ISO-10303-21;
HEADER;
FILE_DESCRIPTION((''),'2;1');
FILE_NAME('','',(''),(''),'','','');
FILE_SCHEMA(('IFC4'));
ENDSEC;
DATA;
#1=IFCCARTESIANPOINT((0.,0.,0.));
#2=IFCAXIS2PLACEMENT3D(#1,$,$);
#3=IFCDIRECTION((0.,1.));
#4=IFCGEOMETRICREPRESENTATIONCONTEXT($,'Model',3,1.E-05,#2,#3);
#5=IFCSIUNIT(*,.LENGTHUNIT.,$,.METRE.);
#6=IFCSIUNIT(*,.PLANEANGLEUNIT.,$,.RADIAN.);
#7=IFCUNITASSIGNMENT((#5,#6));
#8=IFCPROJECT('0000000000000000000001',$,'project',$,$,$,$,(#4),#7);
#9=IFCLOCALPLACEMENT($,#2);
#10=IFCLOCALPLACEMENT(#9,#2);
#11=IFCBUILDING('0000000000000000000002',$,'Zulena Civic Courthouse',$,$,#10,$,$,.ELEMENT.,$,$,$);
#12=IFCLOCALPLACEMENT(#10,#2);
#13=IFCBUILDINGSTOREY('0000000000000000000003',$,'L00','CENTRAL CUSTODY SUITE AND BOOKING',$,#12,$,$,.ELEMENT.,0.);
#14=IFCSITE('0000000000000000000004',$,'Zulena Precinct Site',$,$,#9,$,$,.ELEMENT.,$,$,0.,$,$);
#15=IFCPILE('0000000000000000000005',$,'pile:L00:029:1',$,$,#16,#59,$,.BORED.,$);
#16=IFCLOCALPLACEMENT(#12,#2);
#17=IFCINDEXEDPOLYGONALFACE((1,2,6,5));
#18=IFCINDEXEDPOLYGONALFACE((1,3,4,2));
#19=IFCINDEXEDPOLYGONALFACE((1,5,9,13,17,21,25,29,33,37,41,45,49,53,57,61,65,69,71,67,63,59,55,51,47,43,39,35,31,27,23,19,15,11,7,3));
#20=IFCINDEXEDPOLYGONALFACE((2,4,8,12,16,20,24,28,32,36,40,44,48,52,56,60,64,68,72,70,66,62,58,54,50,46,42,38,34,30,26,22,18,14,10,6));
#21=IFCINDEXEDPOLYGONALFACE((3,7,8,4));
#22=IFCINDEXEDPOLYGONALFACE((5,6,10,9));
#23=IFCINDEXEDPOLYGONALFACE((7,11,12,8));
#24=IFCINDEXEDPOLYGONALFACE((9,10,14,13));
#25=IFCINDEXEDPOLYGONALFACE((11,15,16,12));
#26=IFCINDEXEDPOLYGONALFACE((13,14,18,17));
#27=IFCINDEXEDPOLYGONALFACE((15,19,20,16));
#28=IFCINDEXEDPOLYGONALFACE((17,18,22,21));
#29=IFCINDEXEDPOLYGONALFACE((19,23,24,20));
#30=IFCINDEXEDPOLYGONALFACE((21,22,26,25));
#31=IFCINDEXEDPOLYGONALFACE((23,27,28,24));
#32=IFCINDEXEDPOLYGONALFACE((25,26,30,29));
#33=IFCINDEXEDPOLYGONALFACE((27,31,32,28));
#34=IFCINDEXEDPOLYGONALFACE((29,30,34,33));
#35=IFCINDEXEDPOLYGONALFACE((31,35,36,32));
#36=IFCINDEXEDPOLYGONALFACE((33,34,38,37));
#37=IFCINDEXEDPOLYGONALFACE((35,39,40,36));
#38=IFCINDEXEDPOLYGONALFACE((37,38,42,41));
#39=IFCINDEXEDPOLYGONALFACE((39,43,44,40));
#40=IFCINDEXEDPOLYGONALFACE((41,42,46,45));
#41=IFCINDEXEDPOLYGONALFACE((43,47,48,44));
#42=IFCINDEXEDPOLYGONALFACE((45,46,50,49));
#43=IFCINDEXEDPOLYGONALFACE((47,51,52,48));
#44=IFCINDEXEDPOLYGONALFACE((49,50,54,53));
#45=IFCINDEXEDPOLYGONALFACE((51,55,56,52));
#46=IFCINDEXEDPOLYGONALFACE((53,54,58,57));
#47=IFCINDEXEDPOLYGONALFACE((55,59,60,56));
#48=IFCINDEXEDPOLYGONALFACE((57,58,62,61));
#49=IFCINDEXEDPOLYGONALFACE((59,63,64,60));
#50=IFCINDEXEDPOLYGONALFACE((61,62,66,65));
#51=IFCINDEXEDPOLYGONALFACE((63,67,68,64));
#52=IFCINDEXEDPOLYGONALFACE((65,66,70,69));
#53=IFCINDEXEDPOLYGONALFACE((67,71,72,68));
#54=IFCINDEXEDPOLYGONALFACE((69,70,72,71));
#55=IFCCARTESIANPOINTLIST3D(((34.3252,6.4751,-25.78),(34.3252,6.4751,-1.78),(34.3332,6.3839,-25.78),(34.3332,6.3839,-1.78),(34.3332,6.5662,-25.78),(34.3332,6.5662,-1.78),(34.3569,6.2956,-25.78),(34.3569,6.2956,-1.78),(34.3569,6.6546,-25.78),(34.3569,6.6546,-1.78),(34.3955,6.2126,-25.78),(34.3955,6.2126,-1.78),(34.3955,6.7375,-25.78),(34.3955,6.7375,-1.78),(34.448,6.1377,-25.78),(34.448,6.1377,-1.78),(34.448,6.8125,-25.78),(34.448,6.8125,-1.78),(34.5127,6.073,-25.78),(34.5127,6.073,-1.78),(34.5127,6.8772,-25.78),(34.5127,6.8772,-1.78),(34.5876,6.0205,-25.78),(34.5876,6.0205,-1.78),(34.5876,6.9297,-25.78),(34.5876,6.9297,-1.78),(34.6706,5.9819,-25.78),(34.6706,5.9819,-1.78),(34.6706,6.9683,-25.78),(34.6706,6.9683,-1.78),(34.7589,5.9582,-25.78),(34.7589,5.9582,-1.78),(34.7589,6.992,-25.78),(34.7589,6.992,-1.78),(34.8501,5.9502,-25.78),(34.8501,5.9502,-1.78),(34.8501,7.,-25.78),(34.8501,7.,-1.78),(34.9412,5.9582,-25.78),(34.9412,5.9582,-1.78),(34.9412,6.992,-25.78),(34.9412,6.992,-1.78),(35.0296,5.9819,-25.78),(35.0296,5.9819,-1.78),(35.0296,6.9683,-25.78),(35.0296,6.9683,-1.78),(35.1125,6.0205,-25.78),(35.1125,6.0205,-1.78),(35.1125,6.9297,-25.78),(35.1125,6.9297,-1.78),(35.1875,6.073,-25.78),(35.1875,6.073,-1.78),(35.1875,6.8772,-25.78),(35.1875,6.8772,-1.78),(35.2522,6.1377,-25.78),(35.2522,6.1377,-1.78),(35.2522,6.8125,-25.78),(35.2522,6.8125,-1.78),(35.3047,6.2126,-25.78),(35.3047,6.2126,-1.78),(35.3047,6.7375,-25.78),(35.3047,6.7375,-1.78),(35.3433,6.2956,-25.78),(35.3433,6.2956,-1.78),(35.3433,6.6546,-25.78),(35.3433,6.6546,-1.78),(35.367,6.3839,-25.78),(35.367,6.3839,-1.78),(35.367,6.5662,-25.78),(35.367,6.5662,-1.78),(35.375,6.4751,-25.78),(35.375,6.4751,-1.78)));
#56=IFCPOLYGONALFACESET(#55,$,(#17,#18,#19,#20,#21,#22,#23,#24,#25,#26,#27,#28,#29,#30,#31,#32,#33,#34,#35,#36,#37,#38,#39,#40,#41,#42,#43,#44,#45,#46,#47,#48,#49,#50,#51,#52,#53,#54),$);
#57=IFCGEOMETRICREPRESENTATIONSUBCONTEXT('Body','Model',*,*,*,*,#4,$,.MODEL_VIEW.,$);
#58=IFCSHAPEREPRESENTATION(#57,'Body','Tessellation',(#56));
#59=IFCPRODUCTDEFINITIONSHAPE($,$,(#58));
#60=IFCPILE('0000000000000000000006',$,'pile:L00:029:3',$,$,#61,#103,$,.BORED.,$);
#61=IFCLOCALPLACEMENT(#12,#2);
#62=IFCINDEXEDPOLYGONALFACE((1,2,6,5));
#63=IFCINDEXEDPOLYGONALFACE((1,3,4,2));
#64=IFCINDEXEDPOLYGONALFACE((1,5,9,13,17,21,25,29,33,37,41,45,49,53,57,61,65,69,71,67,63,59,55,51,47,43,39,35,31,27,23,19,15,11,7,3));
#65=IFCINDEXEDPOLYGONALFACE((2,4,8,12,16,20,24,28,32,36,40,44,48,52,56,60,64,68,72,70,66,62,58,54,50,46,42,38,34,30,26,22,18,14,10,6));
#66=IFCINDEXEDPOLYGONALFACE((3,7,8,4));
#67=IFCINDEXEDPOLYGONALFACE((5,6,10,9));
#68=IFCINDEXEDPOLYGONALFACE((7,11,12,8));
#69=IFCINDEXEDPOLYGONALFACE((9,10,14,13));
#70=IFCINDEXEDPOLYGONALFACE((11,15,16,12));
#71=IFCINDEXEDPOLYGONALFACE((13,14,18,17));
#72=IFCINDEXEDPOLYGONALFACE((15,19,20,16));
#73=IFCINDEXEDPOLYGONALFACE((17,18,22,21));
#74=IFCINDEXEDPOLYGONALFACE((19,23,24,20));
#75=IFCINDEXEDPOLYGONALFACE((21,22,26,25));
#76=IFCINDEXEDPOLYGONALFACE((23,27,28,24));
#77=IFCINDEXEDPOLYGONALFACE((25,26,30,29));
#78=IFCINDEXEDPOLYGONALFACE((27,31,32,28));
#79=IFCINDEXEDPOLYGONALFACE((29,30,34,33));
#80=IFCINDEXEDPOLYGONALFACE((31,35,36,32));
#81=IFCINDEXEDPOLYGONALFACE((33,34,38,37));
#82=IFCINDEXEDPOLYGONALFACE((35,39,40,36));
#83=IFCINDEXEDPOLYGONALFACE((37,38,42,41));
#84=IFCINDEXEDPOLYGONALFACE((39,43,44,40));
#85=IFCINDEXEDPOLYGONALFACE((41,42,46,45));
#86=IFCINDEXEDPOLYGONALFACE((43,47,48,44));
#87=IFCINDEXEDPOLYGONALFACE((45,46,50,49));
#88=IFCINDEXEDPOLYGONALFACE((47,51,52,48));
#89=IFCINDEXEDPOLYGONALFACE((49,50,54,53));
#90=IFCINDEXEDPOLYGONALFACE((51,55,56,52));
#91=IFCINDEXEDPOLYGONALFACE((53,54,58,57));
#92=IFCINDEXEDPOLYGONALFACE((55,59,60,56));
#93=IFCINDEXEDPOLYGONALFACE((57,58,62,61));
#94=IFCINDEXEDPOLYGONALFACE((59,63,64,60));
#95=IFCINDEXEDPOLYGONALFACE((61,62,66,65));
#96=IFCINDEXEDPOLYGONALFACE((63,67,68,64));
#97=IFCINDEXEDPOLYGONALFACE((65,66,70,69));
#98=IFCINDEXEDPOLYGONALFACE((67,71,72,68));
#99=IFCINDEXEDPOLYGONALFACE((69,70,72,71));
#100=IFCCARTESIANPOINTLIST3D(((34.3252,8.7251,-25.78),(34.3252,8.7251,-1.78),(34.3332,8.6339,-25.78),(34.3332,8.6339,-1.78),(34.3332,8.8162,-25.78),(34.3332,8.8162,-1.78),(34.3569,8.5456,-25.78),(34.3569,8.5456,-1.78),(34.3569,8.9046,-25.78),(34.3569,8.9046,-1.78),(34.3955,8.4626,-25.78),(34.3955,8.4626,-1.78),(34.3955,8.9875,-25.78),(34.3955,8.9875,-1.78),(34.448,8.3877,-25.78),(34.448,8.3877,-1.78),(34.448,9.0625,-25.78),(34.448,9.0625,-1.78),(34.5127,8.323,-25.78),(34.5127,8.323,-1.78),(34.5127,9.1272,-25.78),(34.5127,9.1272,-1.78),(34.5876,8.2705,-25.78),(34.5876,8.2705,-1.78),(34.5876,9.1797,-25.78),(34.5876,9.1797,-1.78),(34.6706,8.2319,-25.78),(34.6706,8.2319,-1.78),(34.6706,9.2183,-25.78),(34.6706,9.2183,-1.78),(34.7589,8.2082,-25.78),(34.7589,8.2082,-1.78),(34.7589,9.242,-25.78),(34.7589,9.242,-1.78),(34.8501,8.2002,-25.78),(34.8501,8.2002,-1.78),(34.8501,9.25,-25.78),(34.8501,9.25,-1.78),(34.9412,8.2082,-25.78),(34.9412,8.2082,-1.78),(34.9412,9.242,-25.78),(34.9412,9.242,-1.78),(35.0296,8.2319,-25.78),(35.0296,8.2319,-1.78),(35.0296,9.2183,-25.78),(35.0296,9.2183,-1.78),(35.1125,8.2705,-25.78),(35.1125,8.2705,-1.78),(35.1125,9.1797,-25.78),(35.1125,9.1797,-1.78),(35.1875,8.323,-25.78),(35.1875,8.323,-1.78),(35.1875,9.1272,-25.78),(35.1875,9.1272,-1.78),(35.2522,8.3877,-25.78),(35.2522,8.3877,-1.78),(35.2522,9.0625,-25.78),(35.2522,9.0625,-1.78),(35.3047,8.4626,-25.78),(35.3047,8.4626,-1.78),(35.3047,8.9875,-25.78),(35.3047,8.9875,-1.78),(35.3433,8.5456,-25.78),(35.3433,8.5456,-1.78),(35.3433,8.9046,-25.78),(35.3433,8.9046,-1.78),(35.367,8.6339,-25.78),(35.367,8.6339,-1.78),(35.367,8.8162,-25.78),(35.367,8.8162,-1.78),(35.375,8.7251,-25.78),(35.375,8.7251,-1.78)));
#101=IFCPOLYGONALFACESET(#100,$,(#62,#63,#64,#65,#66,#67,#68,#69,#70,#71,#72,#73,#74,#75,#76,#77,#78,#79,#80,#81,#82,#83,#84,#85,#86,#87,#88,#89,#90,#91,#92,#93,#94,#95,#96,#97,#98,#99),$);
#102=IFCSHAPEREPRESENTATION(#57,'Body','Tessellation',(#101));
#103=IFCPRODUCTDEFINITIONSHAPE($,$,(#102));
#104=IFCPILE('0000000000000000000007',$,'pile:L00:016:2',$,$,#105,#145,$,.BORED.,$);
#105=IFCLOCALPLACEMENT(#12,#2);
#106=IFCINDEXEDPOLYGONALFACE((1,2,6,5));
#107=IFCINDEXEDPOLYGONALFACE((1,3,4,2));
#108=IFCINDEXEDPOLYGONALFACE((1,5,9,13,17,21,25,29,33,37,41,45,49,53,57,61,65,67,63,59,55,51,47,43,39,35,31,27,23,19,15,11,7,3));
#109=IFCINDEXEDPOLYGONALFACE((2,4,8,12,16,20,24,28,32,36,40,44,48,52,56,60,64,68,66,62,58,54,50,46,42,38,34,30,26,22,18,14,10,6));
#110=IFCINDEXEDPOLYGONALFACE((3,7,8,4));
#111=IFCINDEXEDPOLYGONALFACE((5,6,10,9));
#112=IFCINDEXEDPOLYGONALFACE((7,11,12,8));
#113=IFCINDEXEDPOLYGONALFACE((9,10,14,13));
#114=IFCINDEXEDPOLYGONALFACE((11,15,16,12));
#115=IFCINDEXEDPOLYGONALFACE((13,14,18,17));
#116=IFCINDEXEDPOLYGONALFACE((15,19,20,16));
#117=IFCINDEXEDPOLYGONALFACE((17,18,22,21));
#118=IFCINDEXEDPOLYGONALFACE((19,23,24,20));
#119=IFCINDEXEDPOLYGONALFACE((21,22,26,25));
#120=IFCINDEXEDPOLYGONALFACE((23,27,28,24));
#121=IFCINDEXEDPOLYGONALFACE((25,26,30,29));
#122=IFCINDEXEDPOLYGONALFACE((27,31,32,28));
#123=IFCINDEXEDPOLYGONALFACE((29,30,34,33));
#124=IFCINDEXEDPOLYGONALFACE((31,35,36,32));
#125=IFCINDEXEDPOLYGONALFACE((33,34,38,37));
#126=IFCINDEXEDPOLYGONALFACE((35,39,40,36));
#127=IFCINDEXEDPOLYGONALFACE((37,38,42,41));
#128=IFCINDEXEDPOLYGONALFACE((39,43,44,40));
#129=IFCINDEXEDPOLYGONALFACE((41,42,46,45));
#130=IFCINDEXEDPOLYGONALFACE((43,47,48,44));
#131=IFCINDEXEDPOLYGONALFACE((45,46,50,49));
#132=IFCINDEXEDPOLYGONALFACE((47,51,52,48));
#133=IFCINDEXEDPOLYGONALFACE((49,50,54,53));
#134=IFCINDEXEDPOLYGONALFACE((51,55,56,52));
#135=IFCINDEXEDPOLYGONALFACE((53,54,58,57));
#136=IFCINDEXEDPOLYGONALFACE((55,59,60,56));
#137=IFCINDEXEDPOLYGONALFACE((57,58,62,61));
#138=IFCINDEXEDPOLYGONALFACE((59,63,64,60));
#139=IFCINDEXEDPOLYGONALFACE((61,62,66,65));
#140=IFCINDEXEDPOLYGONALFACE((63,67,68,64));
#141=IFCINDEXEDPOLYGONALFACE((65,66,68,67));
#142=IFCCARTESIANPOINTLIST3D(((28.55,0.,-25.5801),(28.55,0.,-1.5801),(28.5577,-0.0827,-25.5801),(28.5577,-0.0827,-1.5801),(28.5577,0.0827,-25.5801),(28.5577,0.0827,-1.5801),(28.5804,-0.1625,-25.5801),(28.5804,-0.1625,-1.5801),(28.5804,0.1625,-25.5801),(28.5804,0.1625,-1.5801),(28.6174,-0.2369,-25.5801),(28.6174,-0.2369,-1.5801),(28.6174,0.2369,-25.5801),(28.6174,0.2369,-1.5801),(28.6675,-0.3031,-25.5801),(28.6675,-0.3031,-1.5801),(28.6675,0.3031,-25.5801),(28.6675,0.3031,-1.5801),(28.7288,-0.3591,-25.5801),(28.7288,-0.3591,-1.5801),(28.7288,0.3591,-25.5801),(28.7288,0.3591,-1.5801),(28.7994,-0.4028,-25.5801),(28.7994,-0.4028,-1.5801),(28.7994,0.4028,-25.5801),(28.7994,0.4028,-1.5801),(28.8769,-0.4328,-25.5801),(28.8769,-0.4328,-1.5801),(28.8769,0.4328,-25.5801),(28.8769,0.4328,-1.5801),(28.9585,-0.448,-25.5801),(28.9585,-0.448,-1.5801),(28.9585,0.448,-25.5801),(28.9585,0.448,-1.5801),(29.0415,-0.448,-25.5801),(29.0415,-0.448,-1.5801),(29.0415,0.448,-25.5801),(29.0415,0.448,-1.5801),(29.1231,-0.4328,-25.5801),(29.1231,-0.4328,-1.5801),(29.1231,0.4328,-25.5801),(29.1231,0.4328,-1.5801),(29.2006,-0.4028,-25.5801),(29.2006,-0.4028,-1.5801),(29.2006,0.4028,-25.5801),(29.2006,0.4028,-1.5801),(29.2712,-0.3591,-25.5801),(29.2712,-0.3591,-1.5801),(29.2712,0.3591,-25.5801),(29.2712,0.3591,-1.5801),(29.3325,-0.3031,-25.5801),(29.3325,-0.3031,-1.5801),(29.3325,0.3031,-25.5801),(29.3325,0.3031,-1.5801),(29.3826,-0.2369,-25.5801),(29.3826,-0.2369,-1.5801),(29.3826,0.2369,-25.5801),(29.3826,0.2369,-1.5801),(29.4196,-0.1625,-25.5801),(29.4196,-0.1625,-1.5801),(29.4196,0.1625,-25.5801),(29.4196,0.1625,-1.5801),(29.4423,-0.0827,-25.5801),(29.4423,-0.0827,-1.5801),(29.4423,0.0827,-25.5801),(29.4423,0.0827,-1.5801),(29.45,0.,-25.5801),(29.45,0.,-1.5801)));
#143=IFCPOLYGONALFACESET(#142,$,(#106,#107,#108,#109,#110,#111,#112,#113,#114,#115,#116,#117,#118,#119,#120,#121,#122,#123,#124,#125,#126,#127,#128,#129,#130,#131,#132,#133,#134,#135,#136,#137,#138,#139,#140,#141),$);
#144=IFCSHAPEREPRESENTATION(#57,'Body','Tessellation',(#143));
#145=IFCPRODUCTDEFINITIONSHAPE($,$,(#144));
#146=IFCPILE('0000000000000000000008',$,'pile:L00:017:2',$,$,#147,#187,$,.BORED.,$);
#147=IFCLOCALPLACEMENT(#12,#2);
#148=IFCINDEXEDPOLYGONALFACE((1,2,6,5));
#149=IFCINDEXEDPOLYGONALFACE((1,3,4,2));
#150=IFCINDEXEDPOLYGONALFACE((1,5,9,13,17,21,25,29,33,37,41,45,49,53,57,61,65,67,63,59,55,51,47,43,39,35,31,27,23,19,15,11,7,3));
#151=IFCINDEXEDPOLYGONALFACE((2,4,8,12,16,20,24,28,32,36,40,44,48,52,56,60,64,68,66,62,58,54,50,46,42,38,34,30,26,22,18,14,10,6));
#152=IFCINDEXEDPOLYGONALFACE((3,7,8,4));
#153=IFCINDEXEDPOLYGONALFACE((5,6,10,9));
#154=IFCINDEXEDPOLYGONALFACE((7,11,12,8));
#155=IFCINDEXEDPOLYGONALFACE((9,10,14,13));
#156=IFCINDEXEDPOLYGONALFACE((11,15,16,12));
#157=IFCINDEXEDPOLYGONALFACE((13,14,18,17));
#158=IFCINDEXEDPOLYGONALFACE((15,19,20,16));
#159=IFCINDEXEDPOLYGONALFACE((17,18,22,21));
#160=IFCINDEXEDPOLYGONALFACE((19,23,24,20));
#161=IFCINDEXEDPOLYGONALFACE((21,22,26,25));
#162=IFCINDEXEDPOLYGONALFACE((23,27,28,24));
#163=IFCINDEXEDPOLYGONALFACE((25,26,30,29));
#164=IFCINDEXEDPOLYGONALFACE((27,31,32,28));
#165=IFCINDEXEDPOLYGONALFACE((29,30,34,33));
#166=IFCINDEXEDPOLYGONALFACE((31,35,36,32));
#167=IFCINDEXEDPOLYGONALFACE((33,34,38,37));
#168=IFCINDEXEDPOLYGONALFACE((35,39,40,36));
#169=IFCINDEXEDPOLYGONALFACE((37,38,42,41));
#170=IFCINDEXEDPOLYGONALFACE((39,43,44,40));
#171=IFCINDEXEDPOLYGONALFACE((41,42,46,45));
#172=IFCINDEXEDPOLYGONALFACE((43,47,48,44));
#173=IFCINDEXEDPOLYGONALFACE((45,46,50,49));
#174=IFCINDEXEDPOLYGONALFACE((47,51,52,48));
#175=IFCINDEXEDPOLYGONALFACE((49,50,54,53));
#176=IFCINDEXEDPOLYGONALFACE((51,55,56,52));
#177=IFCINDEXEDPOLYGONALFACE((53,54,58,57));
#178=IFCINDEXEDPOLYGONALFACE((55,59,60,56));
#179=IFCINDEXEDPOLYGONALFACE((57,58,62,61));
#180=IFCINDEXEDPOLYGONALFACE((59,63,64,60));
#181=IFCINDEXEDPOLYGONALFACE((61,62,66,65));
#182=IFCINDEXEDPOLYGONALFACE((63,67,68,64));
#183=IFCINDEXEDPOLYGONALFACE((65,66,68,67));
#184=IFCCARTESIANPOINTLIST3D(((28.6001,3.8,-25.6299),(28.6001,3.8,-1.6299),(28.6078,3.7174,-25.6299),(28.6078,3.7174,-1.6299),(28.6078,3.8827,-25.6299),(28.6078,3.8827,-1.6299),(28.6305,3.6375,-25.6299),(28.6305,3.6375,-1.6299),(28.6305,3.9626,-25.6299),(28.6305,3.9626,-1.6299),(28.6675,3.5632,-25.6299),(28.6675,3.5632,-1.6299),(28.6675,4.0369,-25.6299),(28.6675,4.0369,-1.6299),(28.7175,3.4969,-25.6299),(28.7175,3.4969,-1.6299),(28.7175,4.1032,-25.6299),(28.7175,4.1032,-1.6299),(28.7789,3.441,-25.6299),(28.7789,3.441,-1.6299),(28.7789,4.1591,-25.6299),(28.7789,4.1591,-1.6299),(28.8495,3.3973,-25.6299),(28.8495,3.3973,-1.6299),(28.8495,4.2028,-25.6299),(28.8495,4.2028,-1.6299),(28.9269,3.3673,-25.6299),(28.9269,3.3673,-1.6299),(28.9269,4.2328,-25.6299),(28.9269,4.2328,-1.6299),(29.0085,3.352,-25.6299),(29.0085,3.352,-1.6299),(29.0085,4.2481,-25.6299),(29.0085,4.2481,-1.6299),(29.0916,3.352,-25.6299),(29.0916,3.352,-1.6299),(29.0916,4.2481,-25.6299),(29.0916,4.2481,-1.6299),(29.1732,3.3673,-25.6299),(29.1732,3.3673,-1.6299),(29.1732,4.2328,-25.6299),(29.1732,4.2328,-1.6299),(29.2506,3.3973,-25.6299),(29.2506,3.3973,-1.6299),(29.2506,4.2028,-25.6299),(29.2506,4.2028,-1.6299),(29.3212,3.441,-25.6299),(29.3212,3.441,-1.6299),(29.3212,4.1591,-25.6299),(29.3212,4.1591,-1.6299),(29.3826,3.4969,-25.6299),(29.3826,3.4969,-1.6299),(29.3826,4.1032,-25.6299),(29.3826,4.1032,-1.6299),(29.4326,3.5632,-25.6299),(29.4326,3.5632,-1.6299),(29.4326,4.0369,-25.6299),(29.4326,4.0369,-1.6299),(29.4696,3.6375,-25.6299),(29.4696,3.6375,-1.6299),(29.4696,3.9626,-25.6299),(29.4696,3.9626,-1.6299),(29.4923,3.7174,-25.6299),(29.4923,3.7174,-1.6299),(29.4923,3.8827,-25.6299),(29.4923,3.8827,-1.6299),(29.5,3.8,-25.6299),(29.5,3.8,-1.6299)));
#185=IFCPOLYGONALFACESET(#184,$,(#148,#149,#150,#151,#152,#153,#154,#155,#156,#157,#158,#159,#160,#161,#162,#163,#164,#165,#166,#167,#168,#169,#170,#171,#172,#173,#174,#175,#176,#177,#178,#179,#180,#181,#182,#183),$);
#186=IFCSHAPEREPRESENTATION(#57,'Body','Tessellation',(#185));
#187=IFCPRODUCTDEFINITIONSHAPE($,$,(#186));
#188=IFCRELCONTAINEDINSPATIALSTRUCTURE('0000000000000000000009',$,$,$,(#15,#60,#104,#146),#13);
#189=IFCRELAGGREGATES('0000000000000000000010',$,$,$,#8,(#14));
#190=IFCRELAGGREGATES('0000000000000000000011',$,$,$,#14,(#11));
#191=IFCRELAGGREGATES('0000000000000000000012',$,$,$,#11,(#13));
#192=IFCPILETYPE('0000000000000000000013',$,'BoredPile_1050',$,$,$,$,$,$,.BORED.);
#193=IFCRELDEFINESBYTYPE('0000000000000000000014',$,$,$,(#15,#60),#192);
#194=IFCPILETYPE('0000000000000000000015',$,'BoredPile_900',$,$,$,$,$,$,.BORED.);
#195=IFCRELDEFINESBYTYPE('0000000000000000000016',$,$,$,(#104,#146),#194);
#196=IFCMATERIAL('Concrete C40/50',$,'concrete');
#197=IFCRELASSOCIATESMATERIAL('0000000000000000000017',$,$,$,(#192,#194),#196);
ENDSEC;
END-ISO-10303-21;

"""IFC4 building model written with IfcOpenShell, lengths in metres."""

from ifc_helpers import new_model, si_unit, direction, frame, origin, origin_2d, place, context, subcontext, project, spatial, circle, extrude, material, material_profile, profile_set, type_object, element, save


model = new_model("IFC4")

# Units and contexts
model_context = context("Model", 3, precision=1e-05, world=origin(), true_north=direction((0.0, 1.0)))
body_context = subcontext(model_context, "Body", "Model", "MODEL_VIEW")
ifc_project = project(units=[si_unit("LENGTHUNIT", "METRE"), si_unit("PLANEANGLEUNIT", "RADIAN")], contexts=[model_context])

# Site, building, storey
site_placement = place(None, origin())
site = spatial("IfcSite", under=ifc_project, at=site_placement, Name="Zulena Precinct Site", CompositionType="ELEMENT", RefElevation=0.0)
building_placement = place(site_placement, origin())
building = spatial("IfcBuilding", under=site, at=building_placement, Name="Zulena Civic Courthouse", CompositionType="ELEMENT")
storey_placement = place(building_placement, origin())
storey = spatial("IfcBuildingStorey", under=building, at=storey_placement, Name="L00", Description="CENTRAL CUSTODY SUITE AND BOOKING", CompositionType="ELEMENT", Elevation=0.0)

# Piles
ifc_material_1 = material(Name="Concrete C40/50", Category="concrete")
ifc_material_profile_1 = material_profile(ifc_material_1, circle(Radius=0.5249, at=origin_2d()), Name="PILE1050")
ifc_profile_set_1 = profile_set([ifc_material_profile_1], Name="Concrete C40/50")
pile_type_1 = type_object("IfcPileType", Name="BoredPile_1050", PredefinedType="BORED", material=ifc_profile_set_1)
for number, where, z_axis, x_axis, name in (
    (1, (34.8501, 6.4751, -1.78), (0.0, 0.0, -1.0), (1.0, 0.0, 0.0), "pile:L00:029:1"),
    (2, (34.8501, 8.7251, -1.78), (0.0, 0.0, -1.0), (1.0, 0.0, 0.0), "pile:L00:029:3"),
):
    element("IfcPile", number, at=place(storey_placement, frame(where, z_axis=z_axis, x_axis=x_axis)), inside=storey, type_object=pile_type_1, Name=name, PredefinedType="BORED", context=body_context, shape_type="SweptSolid", body=[
        extrude(circle(Radius=0.5249, at=origin_2d()), origin(), (0.0, 0.0, 1.0), 24.0),
    ])
ifc_material_profile_2 = material_profile(ifc_material_1, circle(Radius=0.45, at=origin_2d()), Name="PILE900")
ifc_profile_set_2 = profile_set([ifc_material_profile_2], Name="Concrete C40/50")
pile_type_2 = type_object("IfcPileType", Name="BoredPile_900", PredefinedType="BORED", material=ifc_profile_set_2)
for number, where, z_axis, x_axis, name in (
    (3, (29.0, 0.0, -1.5801), (0.0, 0.0, -1.0), (1.0, 0.0, 0.0), "pile:L00:016:2"),
    (4, (29.05, 3.8, -1.6299), (0.0, 0.0, -1.0), (1.0, 0.0, 0.0), "pile:L00:017:2"),
):
    element("IfcPile", number, at=place(storey_placement, frame(where, z_axis=z_axis, x_axis=x_axis)), inside=storey, type_object=pile_type_2, Name=name, PredefinedType="BORED", context=body_context, shape_type="SweptSolid", body=[
        extrude(circle(Radius=0.45, at=origin_2d()), origin(), (0.0, 0.0, 1.0), 24.0),
    ])

save(model, "model.ifc")
